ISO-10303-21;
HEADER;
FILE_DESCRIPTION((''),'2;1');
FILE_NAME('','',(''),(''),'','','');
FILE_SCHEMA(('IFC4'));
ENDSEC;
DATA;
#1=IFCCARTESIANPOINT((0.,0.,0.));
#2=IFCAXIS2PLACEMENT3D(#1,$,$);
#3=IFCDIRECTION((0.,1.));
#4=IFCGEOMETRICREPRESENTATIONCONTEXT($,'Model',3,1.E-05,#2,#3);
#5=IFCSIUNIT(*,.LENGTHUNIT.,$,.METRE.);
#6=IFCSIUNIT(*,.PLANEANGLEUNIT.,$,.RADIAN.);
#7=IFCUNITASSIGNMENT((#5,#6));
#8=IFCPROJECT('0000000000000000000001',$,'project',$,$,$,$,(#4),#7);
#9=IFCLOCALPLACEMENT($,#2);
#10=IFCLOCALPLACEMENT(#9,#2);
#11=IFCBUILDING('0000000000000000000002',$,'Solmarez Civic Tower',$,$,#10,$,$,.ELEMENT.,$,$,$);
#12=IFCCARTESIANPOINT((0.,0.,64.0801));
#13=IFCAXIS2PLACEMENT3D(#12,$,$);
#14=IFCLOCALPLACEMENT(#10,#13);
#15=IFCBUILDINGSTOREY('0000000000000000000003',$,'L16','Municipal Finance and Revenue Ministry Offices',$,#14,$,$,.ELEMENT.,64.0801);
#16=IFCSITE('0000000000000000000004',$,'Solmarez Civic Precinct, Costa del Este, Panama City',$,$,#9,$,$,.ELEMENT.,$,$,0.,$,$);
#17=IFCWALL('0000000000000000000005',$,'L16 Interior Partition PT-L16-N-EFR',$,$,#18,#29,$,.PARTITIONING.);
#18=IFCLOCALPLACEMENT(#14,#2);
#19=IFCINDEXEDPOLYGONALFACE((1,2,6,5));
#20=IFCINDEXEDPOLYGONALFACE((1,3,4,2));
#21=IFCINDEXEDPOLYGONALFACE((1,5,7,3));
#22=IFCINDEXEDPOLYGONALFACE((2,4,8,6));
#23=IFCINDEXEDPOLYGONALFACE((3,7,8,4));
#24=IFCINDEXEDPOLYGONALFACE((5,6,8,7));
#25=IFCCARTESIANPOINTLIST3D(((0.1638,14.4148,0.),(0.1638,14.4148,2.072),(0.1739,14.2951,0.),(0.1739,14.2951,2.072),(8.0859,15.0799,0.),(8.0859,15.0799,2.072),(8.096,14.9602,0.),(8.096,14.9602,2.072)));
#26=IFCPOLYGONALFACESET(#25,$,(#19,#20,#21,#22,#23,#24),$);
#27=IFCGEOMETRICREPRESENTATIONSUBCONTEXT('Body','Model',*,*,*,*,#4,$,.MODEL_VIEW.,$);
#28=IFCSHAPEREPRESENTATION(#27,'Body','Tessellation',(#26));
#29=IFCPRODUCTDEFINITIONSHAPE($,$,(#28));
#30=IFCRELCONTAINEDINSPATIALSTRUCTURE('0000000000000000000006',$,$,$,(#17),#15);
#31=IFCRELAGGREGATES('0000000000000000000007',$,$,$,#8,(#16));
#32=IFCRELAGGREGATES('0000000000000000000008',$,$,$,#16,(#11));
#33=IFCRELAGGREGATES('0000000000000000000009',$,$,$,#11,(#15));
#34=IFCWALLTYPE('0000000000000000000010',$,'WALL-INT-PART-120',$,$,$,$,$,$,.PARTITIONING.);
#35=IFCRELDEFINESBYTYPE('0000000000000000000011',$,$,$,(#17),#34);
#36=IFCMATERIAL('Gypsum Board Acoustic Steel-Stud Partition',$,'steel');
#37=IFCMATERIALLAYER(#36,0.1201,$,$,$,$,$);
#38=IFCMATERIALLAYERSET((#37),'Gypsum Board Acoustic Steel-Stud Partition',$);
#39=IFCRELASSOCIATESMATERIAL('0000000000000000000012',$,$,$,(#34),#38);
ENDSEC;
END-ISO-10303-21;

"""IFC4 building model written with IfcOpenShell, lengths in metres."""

from ifc_helpers import new_model, si_unit, direction, frame, frame_2d, origin, place, context, subcontext, project, spatial, rectangle, extrude, material, layer, layer_set, type_object, element, save


model = new_model("IFC4")

# Units and contexts
model_context = context("Model", 3, precision=1e-05, world=origin(), true_north=direction((0.0, 1.0)))
body_context = subcontext(model_context, "Body", "Model", "MODEL_VIEW")
ifc_project = project(units=[si_unit("LENGTHUNIT", "METRE"), si_unit("PLANEANGLEUNIT", "RADIAN")], contexts=[model_context])

# Site, building, storey
site_placement = place(None, origin())
site = spatial("IfcSite", under=ifc_project, at=site_placement, Name="Solmarez Civic Precinct, Costa del Este, Panama City", CompositionType="ELEMENT", RefElevation=0.0)
building_placement = place(site_placement, origin())
building = spatial("IfcBuilding", under=site, at=building_placement, Name="Solmarez Civic Tower", CompositionType="ELEMENT")
storey_placement = place(building_placement, frame((0.0, 0.0, 64.0801)))
storey = spatial("IfcBuildingStorey", under=building, at=storey_placement, Name="L16", Description="Municipal Finance and Revenue Ministry Offices", CompositionType="ELEMENT", Elevation=64.0801)

# Wall
ifc_material_1 = material(Name="Gypsum Board Acoustic Steel-Stud Partition", Category="steel")
ifc_layer_1 = layer(ifc_material_1, 0.1201)
ifc_layer_set_1 = layer_set([ifc_layer_1], Name="Gypsum Board Acoustic Steel-Stud Partition")
wall_type_1 = type_object("IfcWallType", Name="WALL-INT-PART-120", PredefinedType="PARTITIONING", material=ifc_layer_set_1)
wall_1_placement = place(storey_placement, frame((8.0911, 15.02, 0.0), z_axis=(0.0, 0.0, 1.0), x_axis=(-0.996495, -0.083653, 0.0)))
element("IfcWall", 1, at=wall_1_placement, inside=storey, type_object=wall_type_1, Name="L16 Interior Partition PT-L16-N-EFR", PredefinedType="PARTITIONING", context=body_context, shape_type="SweptSolid", body=[
    extrude(rectangle(XDim=7.95, YDim=0.1201, at=frame_2d((3.9751, 0.0))), origin(), (0.0, 0.0, 1.0), 2.072),
])

save(model, "model.ifc")
